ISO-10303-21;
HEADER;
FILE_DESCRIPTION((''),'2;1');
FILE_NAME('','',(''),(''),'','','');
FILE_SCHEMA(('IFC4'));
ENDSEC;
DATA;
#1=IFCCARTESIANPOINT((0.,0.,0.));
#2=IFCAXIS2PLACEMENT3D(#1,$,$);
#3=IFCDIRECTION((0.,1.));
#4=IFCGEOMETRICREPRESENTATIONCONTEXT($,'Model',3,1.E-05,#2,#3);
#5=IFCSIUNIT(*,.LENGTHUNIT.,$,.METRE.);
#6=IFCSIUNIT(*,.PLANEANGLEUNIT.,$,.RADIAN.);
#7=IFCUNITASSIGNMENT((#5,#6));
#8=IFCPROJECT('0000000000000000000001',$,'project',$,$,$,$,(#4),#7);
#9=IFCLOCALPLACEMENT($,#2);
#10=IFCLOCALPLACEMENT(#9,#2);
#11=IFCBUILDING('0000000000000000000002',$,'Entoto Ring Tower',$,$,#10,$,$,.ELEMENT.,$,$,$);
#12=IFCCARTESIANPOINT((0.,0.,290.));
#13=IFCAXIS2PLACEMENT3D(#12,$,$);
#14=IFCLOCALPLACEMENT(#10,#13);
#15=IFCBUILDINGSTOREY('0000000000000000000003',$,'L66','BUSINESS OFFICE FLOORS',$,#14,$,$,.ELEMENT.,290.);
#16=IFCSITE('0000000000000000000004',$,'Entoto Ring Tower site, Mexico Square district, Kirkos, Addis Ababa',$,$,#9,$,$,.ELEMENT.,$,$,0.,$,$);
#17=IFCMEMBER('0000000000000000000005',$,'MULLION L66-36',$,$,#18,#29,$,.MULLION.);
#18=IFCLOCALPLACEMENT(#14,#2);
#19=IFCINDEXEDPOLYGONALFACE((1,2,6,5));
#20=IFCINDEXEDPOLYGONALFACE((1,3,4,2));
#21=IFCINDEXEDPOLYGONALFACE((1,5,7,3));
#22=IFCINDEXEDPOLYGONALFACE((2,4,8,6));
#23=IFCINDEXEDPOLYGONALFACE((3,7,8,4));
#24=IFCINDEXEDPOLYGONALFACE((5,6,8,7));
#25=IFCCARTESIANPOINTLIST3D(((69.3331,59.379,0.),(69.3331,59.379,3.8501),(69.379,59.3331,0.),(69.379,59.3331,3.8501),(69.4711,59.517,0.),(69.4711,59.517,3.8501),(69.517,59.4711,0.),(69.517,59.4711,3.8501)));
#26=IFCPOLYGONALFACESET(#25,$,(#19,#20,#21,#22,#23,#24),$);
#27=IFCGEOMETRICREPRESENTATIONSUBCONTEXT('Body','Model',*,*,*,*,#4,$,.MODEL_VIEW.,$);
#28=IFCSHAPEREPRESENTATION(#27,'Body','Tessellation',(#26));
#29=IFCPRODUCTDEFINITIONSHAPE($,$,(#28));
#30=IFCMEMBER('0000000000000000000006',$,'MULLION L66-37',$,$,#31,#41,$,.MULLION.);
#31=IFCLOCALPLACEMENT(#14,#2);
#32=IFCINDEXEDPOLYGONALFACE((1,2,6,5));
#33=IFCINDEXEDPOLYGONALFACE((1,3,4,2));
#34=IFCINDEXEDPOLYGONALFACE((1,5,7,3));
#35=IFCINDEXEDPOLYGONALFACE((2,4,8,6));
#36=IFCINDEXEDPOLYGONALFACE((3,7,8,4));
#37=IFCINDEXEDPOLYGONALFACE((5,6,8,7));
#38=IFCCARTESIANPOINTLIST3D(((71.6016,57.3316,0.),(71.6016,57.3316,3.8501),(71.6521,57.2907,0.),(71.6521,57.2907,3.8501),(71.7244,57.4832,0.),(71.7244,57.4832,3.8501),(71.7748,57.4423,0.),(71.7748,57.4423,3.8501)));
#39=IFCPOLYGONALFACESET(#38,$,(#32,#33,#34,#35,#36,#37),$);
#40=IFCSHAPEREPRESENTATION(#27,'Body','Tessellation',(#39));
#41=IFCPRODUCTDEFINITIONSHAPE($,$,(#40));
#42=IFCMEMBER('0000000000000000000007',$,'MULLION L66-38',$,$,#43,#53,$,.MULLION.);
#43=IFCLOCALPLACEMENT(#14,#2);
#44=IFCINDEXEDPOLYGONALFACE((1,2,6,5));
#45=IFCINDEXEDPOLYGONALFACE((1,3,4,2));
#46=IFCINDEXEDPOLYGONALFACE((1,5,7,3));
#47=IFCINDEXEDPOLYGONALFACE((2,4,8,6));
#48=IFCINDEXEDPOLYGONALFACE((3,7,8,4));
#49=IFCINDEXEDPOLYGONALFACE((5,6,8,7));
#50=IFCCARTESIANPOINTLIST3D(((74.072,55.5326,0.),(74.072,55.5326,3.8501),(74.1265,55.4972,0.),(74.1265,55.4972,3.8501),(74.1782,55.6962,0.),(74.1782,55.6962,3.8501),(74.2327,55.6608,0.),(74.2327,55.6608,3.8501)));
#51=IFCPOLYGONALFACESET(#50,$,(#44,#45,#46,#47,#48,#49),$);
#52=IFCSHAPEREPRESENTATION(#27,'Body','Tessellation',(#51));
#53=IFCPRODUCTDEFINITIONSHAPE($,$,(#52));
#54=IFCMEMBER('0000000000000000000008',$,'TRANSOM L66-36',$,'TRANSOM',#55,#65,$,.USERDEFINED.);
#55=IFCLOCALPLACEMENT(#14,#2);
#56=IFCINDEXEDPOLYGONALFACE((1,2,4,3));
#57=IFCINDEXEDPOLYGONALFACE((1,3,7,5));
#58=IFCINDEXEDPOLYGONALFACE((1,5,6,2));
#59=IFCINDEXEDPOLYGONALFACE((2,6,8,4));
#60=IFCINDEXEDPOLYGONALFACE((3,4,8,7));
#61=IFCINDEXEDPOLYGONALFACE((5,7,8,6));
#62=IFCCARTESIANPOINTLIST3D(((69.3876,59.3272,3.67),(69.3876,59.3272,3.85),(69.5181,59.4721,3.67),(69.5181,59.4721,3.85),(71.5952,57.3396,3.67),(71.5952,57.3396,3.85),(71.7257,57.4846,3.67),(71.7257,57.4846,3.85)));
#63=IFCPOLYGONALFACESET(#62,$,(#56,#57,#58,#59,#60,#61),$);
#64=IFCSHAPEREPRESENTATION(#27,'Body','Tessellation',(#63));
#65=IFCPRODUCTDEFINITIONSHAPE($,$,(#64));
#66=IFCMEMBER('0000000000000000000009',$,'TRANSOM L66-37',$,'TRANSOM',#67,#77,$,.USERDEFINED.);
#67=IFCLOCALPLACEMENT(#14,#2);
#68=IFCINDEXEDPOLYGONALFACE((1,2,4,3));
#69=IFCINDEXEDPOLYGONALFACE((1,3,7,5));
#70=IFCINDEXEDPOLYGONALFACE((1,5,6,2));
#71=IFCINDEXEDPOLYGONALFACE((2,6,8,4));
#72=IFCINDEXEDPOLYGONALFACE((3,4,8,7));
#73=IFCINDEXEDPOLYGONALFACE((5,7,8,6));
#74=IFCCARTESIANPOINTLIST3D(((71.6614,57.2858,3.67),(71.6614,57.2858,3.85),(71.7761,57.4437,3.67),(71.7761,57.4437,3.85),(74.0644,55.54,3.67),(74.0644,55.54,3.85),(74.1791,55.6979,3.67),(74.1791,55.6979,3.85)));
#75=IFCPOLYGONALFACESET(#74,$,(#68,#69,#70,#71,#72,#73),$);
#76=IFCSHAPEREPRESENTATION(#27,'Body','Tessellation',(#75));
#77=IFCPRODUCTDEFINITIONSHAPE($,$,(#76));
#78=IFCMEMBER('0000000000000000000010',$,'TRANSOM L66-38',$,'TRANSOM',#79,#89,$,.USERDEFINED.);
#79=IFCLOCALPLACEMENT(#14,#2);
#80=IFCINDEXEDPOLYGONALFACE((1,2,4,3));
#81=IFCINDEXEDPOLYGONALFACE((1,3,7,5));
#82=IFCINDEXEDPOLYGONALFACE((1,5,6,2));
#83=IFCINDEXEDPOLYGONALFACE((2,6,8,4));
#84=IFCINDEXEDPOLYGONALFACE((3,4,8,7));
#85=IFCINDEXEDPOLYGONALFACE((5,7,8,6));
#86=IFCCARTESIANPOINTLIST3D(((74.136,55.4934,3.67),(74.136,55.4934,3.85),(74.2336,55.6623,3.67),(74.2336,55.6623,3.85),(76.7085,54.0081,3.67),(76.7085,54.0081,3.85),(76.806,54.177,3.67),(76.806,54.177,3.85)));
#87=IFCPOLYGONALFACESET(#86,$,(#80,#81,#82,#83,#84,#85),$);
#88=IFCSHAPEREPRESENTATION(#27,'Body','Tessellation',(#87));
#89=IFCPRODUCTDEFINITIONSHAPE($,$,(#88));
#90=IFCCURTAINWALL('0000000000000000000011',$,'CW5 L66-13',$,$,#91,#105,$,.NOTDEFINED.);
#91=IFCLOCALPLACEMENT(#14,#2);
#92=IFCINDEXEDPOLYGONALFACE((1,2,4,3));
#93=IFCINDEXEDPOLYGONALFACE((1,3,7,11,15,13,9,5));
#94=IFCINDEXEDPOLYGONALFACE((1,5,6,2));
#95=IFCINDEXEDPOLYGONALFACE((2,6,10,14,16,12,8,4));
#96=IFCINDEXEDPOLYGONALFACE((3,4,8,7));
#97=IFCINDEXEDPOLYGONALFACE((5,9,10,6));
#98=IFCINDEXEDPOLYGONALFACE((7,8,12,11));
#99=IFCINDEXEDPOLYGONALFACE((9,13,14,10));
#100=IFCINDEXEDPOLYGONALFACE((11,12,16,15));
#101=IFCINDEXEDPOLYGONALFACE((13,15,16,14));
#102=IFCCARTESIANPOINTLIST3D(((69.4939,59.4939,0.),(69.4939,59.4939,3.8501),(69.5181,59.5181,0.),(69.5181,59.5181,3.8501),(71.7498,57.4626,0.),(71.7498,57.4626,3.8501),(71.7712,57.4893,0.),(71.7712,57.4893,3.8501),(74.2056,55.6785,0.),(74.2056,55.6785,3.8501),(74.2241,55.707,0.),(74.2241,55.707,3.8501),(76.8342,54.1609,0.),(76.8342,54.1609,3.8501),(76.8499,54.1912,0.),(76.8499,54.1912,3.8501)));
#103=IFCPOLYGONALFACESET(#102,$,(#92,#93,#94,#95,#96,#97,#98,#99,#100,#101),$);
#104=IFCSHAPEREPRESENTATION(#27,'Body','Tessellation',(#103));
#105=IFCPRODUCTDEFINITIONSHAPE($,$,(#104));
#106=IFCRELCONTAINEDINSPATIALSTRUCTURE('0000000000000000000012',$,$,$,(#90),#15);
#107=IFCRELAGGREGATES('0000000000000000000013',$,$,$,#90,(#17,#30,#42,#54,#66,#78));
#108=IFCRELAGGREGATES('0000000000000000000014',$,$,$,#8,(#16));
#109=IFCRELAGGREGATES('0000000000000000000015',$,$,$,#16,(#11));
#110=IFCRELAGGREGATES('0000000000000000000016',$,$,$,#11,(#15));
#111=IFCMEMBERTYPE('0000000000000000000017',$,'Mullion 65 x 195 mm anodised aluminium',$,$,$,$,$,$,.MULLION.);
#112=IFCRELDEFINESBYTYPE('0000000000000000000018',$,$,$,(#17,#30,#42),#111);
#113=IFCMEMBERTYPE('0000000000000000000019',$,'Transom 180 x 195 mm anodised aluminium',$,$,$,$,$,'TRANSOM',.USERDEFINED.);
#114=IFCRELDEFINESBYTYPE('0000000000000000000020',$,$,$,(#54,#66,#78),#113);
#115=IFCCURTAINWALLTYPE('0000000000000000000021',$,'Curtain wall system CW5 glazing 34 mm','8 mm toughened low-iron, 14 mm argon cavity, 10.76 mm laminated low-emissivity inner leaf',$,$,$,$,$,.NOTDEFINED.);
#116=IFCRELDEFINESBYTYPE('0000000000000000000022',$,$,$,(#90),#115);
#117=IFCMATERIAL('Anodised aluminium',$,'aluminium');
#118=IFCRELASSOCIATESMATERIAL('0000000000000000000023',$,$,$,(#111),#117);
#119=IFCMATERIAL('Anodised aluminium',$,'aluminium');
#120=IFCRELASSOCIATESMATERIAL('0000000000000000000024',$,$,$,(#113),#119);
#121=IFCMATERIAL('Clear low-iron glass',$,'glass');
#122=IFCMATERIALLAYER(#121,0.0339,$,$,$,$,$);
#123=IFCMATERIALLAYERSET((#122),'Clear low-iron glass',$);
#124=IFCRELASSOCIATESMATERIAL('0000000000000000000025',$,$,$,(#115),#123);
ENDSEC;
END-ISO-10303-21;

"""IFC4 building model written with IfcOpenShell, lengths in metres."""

from ifc_helpers import new_model, si_unit, direction, frame, origin, origin_2d, place, context, subcontext, project, spatial, polyline, rectangle, outline, extrude, material, layer, layer_set, material_profile, profile_set, type_object, element, aggregate, save


model = new_model("IFC4")

# Units and contexts
model_context = context("Model", 3, precision=1e-05, world=origin(), true_north=direction((0.0, 1.0)))
body_context = subcontext(model_context, "Body", "Model", "MODEL_VIEW")
ifc_project = project(units=[si_unit("LENGTHUNIT", "METRE"), si_unit("PLANEANGLEUNIT", "RADIAN")], contexts=[model_context])

# Members
ifc_material_1 = material(Name="Anodised aluminium", Category="aluminium")
ifc_material_profile_1 = material_profile(ifc_material_1, rectangle(XDim=0.0649, YDim=0.1951, at=origin_2d()), Name="Mullion 65 x 195 mm anodised aluminium")
ifc_profile_set_1 = profile_set([ifc_material_profile_1], Name="Anodised aluminium")
member_type_1 = type_object("IfcMemberType", Name="Mullion 65 x 195 mm anodised aluminium", PredefinedType="MULLION", material=ifc_profile_set_1)
site_placement = place(None, origin())
building_placement = place(site_placement, origin())
storey_placement = place(building_placement, frame((0.0, 0.0, 290.0)))
member_1_placement = place(storey_placement, frame((69.425, 59.425, 0.0), z_axis=(0.0, 0.0, 1.0), x_axis=(0.707107, -0.707107, 0.0)))
member_1 = element("IfcMember", 1, at=member_1_placement, type_object=member_type_1, Name="MULLION L66-36", PredefinedType="MULLION", context=body_context, shape_type="SweptSolid", body=[
    extrude(rectangle(XDim=0.0649, YDim=0.1951, at=origin_2d()), origin(), (0.0, 0.0, 1.0), 3.8501),
])
member_2_placement = place(storey_placement, frame((71.6882, 57.387, 0.0), z_axis=(0.0, 0.0, 1.0), x_axis=(0.777146, -0.62932, 0.0)))
member_2 = element("IfcMember", 2, at=member_2_placement, type_object=member_type_1, Name="MULLION L66-37", PredefinedType="MULLION", context=body_context, shape_type="SweptSolid", body=[
    extrude(rectangle(XDim=0.0649, YDim=0.1951, at=origin_2d()), origin(), (0.0, 0.0, 1.0), 3.8501),
])
member_3_placement = place(storey_placement, frame((74.1523, 55.5967, 0.0), z_axis=(0.0, 0.0, 1.0), x_axis=(0.838671, -0.544639, 0.0)))
member_3 = element("IfcMember", 3, at=member_3_placement, type_object=member_type_1, Name="MULLION L66-38", PredefinedType="MULLION", context=body_context, shape_type="SweptSolid", body=[
    extrude(rectangle(XDim=0.0649, YDim=0.1951, at=origin_2d()), origin(), (0.0, 0.0, 1.0), 3.8501),
])
ifc_material_2 = material(Name="Anodised aluminium", Category="aluminium")
ifc_material_profile_2 = material_profile(ifc_material_2, rectangle(XDim=0.1951, YDim=0.1799, at=origin_2d()), Name="Transom 180 x 195 mm anodised aluminium")
ifc_profile_set_2 = profile_set([ifc_material_profile_2], Name="Anodised aluminium")
member_type_2 = type_object("IfcMemberType", Name="Transom 180 x 195 mm anodised aluminium", ElementType="TRANSOM", PredefinedType="USERDEFINED", material=ifc_profile_set_2)
member_4_placement = place(storey_placement, frame((69.4529, 59.3997, 3.76), z_axis=(0.743163, -0.66911, 0.0), x_axis=(0.66911, 0.743163, 0.0)))
member_4 = element("IfcMember", 4, at=member_4_placement, type_object=member_type_2, Name="TRANSOM L66-36", ObjectType="TRANSOM", PredefinedType="USERDEFINED", context=body_context, shape_type="SweptSolid", body=[
    extrude(rectangle(XDim=0.1951, YDim=0.1799, at=origin_2d()), origin(), (0.0, 0.0, 1.0), 2.9705),
])
member_5_placement = place(storey_placement, frame((71.7188, 57.3647, 3.76), z_axis=(0.809031, -0.587766, 0.0), x_axis=(0.587766, 0.809031, 0.0)))
member_5 = element("IfcMember", 5, at=member_5_placement, type_object=member_type_2, Name="TRANSOM L66-37", ObjectType="TRANSOM", PredefinedType="USERDEFINED", context=body_context, shape_type="SweptSolid", body=[
    extrude(rectangle(XDim=0.1951, YDim=0.1799, at=origin_2d()), origin(), (0.0, 0.0, 1.0), 2.9702),
])
member_6_placement = place(storey_placement, frame((74.1848, 55.5779, 3.76), z_axis=(0.866009, -0.500028, 0.0), x_axis=(0.500028, 0.866009, 0.0)))
member_6 = element("IfcMember", 6, at=member_6_placement, type_object=member_type_2, Name="TRANSOM L66-38", ObjectType="TRANSOM", PredefinedType="USERDEFINED", context=body_context, shape_type="SweptSolid", body=[
    extrude(rectangle(XDim=0.1951, YDim=0.1799, at=origin_2d()), origin(), (0.0, 0.0, 1.0), 2.9705),
])

# Site, building, storey
site = spatial("IfcSite", under=ifc_project, at=site_placement, Name="Entoto Ring Tower site, Mexico Square district, Kirkos, Addis Ababa", CompositionType="ELEMENT", RefElevation=0.0)
building = spatial("IfcBuilding", under=site, at=building_placement, Name="Entoto Ring Tower", CompositionType="ELEMENT")
storey = spatial("IfcBuildingStorey", under=building, at=storey_placement, Name="L66", Description="BUSINESS OFFICE FLOORS", CompositionType="ELEMENT", Elevation=290.0)

# Curtain wall
ifc_material_3 = material(Name="Clear low-iron glass", Category="glass")
ifc_layer = layer(ifc_material_3, 0.0339)
ifc_layer_set = layer_set([ifc_layer], Name="Clear low-iron glass")
curtain_wall_type = type_object("IfcCurtainWallType", Name="Curtain wall system CW5 glazing 34 mm", Description="8 mm toughened low-iron, 14 mm argon cavity, 10.76 mm laminated low-emissivity inner leaf", PredefinedType="NOTDEFINED", material=ifc_layer_set)
curtain_wall_1_placement = place(storey_placement, origin())
curtain_wall_1 = element("IfcCurtainWall", 7, at=curtain_wall_1_placement, inside=storey, type_object=curtain_wall_type, Name="CW5 L66-13", PredefinedType="NOTDEFINED", context=body_context, shape_type="SweptSolid", body=[
    extrude(outline(polyline([(69.4939, 59.4939), (71.7498, 57.4626), (74.2056, 55.6785), (76.8342, 54.1609), (76.8499, 54.1912), (74.2241, 55.707), (71.7712, 57.4893), (69.5181, 59.5181), (69.4939, 59.4939)])), origin(), (0.0, 0.0, 1.0), 3.8501),
])
aggregate(curtain_wall_1, [member_1, member_2, member_3, member_4, member_5, member_6])

save(model, "model.ifc")
